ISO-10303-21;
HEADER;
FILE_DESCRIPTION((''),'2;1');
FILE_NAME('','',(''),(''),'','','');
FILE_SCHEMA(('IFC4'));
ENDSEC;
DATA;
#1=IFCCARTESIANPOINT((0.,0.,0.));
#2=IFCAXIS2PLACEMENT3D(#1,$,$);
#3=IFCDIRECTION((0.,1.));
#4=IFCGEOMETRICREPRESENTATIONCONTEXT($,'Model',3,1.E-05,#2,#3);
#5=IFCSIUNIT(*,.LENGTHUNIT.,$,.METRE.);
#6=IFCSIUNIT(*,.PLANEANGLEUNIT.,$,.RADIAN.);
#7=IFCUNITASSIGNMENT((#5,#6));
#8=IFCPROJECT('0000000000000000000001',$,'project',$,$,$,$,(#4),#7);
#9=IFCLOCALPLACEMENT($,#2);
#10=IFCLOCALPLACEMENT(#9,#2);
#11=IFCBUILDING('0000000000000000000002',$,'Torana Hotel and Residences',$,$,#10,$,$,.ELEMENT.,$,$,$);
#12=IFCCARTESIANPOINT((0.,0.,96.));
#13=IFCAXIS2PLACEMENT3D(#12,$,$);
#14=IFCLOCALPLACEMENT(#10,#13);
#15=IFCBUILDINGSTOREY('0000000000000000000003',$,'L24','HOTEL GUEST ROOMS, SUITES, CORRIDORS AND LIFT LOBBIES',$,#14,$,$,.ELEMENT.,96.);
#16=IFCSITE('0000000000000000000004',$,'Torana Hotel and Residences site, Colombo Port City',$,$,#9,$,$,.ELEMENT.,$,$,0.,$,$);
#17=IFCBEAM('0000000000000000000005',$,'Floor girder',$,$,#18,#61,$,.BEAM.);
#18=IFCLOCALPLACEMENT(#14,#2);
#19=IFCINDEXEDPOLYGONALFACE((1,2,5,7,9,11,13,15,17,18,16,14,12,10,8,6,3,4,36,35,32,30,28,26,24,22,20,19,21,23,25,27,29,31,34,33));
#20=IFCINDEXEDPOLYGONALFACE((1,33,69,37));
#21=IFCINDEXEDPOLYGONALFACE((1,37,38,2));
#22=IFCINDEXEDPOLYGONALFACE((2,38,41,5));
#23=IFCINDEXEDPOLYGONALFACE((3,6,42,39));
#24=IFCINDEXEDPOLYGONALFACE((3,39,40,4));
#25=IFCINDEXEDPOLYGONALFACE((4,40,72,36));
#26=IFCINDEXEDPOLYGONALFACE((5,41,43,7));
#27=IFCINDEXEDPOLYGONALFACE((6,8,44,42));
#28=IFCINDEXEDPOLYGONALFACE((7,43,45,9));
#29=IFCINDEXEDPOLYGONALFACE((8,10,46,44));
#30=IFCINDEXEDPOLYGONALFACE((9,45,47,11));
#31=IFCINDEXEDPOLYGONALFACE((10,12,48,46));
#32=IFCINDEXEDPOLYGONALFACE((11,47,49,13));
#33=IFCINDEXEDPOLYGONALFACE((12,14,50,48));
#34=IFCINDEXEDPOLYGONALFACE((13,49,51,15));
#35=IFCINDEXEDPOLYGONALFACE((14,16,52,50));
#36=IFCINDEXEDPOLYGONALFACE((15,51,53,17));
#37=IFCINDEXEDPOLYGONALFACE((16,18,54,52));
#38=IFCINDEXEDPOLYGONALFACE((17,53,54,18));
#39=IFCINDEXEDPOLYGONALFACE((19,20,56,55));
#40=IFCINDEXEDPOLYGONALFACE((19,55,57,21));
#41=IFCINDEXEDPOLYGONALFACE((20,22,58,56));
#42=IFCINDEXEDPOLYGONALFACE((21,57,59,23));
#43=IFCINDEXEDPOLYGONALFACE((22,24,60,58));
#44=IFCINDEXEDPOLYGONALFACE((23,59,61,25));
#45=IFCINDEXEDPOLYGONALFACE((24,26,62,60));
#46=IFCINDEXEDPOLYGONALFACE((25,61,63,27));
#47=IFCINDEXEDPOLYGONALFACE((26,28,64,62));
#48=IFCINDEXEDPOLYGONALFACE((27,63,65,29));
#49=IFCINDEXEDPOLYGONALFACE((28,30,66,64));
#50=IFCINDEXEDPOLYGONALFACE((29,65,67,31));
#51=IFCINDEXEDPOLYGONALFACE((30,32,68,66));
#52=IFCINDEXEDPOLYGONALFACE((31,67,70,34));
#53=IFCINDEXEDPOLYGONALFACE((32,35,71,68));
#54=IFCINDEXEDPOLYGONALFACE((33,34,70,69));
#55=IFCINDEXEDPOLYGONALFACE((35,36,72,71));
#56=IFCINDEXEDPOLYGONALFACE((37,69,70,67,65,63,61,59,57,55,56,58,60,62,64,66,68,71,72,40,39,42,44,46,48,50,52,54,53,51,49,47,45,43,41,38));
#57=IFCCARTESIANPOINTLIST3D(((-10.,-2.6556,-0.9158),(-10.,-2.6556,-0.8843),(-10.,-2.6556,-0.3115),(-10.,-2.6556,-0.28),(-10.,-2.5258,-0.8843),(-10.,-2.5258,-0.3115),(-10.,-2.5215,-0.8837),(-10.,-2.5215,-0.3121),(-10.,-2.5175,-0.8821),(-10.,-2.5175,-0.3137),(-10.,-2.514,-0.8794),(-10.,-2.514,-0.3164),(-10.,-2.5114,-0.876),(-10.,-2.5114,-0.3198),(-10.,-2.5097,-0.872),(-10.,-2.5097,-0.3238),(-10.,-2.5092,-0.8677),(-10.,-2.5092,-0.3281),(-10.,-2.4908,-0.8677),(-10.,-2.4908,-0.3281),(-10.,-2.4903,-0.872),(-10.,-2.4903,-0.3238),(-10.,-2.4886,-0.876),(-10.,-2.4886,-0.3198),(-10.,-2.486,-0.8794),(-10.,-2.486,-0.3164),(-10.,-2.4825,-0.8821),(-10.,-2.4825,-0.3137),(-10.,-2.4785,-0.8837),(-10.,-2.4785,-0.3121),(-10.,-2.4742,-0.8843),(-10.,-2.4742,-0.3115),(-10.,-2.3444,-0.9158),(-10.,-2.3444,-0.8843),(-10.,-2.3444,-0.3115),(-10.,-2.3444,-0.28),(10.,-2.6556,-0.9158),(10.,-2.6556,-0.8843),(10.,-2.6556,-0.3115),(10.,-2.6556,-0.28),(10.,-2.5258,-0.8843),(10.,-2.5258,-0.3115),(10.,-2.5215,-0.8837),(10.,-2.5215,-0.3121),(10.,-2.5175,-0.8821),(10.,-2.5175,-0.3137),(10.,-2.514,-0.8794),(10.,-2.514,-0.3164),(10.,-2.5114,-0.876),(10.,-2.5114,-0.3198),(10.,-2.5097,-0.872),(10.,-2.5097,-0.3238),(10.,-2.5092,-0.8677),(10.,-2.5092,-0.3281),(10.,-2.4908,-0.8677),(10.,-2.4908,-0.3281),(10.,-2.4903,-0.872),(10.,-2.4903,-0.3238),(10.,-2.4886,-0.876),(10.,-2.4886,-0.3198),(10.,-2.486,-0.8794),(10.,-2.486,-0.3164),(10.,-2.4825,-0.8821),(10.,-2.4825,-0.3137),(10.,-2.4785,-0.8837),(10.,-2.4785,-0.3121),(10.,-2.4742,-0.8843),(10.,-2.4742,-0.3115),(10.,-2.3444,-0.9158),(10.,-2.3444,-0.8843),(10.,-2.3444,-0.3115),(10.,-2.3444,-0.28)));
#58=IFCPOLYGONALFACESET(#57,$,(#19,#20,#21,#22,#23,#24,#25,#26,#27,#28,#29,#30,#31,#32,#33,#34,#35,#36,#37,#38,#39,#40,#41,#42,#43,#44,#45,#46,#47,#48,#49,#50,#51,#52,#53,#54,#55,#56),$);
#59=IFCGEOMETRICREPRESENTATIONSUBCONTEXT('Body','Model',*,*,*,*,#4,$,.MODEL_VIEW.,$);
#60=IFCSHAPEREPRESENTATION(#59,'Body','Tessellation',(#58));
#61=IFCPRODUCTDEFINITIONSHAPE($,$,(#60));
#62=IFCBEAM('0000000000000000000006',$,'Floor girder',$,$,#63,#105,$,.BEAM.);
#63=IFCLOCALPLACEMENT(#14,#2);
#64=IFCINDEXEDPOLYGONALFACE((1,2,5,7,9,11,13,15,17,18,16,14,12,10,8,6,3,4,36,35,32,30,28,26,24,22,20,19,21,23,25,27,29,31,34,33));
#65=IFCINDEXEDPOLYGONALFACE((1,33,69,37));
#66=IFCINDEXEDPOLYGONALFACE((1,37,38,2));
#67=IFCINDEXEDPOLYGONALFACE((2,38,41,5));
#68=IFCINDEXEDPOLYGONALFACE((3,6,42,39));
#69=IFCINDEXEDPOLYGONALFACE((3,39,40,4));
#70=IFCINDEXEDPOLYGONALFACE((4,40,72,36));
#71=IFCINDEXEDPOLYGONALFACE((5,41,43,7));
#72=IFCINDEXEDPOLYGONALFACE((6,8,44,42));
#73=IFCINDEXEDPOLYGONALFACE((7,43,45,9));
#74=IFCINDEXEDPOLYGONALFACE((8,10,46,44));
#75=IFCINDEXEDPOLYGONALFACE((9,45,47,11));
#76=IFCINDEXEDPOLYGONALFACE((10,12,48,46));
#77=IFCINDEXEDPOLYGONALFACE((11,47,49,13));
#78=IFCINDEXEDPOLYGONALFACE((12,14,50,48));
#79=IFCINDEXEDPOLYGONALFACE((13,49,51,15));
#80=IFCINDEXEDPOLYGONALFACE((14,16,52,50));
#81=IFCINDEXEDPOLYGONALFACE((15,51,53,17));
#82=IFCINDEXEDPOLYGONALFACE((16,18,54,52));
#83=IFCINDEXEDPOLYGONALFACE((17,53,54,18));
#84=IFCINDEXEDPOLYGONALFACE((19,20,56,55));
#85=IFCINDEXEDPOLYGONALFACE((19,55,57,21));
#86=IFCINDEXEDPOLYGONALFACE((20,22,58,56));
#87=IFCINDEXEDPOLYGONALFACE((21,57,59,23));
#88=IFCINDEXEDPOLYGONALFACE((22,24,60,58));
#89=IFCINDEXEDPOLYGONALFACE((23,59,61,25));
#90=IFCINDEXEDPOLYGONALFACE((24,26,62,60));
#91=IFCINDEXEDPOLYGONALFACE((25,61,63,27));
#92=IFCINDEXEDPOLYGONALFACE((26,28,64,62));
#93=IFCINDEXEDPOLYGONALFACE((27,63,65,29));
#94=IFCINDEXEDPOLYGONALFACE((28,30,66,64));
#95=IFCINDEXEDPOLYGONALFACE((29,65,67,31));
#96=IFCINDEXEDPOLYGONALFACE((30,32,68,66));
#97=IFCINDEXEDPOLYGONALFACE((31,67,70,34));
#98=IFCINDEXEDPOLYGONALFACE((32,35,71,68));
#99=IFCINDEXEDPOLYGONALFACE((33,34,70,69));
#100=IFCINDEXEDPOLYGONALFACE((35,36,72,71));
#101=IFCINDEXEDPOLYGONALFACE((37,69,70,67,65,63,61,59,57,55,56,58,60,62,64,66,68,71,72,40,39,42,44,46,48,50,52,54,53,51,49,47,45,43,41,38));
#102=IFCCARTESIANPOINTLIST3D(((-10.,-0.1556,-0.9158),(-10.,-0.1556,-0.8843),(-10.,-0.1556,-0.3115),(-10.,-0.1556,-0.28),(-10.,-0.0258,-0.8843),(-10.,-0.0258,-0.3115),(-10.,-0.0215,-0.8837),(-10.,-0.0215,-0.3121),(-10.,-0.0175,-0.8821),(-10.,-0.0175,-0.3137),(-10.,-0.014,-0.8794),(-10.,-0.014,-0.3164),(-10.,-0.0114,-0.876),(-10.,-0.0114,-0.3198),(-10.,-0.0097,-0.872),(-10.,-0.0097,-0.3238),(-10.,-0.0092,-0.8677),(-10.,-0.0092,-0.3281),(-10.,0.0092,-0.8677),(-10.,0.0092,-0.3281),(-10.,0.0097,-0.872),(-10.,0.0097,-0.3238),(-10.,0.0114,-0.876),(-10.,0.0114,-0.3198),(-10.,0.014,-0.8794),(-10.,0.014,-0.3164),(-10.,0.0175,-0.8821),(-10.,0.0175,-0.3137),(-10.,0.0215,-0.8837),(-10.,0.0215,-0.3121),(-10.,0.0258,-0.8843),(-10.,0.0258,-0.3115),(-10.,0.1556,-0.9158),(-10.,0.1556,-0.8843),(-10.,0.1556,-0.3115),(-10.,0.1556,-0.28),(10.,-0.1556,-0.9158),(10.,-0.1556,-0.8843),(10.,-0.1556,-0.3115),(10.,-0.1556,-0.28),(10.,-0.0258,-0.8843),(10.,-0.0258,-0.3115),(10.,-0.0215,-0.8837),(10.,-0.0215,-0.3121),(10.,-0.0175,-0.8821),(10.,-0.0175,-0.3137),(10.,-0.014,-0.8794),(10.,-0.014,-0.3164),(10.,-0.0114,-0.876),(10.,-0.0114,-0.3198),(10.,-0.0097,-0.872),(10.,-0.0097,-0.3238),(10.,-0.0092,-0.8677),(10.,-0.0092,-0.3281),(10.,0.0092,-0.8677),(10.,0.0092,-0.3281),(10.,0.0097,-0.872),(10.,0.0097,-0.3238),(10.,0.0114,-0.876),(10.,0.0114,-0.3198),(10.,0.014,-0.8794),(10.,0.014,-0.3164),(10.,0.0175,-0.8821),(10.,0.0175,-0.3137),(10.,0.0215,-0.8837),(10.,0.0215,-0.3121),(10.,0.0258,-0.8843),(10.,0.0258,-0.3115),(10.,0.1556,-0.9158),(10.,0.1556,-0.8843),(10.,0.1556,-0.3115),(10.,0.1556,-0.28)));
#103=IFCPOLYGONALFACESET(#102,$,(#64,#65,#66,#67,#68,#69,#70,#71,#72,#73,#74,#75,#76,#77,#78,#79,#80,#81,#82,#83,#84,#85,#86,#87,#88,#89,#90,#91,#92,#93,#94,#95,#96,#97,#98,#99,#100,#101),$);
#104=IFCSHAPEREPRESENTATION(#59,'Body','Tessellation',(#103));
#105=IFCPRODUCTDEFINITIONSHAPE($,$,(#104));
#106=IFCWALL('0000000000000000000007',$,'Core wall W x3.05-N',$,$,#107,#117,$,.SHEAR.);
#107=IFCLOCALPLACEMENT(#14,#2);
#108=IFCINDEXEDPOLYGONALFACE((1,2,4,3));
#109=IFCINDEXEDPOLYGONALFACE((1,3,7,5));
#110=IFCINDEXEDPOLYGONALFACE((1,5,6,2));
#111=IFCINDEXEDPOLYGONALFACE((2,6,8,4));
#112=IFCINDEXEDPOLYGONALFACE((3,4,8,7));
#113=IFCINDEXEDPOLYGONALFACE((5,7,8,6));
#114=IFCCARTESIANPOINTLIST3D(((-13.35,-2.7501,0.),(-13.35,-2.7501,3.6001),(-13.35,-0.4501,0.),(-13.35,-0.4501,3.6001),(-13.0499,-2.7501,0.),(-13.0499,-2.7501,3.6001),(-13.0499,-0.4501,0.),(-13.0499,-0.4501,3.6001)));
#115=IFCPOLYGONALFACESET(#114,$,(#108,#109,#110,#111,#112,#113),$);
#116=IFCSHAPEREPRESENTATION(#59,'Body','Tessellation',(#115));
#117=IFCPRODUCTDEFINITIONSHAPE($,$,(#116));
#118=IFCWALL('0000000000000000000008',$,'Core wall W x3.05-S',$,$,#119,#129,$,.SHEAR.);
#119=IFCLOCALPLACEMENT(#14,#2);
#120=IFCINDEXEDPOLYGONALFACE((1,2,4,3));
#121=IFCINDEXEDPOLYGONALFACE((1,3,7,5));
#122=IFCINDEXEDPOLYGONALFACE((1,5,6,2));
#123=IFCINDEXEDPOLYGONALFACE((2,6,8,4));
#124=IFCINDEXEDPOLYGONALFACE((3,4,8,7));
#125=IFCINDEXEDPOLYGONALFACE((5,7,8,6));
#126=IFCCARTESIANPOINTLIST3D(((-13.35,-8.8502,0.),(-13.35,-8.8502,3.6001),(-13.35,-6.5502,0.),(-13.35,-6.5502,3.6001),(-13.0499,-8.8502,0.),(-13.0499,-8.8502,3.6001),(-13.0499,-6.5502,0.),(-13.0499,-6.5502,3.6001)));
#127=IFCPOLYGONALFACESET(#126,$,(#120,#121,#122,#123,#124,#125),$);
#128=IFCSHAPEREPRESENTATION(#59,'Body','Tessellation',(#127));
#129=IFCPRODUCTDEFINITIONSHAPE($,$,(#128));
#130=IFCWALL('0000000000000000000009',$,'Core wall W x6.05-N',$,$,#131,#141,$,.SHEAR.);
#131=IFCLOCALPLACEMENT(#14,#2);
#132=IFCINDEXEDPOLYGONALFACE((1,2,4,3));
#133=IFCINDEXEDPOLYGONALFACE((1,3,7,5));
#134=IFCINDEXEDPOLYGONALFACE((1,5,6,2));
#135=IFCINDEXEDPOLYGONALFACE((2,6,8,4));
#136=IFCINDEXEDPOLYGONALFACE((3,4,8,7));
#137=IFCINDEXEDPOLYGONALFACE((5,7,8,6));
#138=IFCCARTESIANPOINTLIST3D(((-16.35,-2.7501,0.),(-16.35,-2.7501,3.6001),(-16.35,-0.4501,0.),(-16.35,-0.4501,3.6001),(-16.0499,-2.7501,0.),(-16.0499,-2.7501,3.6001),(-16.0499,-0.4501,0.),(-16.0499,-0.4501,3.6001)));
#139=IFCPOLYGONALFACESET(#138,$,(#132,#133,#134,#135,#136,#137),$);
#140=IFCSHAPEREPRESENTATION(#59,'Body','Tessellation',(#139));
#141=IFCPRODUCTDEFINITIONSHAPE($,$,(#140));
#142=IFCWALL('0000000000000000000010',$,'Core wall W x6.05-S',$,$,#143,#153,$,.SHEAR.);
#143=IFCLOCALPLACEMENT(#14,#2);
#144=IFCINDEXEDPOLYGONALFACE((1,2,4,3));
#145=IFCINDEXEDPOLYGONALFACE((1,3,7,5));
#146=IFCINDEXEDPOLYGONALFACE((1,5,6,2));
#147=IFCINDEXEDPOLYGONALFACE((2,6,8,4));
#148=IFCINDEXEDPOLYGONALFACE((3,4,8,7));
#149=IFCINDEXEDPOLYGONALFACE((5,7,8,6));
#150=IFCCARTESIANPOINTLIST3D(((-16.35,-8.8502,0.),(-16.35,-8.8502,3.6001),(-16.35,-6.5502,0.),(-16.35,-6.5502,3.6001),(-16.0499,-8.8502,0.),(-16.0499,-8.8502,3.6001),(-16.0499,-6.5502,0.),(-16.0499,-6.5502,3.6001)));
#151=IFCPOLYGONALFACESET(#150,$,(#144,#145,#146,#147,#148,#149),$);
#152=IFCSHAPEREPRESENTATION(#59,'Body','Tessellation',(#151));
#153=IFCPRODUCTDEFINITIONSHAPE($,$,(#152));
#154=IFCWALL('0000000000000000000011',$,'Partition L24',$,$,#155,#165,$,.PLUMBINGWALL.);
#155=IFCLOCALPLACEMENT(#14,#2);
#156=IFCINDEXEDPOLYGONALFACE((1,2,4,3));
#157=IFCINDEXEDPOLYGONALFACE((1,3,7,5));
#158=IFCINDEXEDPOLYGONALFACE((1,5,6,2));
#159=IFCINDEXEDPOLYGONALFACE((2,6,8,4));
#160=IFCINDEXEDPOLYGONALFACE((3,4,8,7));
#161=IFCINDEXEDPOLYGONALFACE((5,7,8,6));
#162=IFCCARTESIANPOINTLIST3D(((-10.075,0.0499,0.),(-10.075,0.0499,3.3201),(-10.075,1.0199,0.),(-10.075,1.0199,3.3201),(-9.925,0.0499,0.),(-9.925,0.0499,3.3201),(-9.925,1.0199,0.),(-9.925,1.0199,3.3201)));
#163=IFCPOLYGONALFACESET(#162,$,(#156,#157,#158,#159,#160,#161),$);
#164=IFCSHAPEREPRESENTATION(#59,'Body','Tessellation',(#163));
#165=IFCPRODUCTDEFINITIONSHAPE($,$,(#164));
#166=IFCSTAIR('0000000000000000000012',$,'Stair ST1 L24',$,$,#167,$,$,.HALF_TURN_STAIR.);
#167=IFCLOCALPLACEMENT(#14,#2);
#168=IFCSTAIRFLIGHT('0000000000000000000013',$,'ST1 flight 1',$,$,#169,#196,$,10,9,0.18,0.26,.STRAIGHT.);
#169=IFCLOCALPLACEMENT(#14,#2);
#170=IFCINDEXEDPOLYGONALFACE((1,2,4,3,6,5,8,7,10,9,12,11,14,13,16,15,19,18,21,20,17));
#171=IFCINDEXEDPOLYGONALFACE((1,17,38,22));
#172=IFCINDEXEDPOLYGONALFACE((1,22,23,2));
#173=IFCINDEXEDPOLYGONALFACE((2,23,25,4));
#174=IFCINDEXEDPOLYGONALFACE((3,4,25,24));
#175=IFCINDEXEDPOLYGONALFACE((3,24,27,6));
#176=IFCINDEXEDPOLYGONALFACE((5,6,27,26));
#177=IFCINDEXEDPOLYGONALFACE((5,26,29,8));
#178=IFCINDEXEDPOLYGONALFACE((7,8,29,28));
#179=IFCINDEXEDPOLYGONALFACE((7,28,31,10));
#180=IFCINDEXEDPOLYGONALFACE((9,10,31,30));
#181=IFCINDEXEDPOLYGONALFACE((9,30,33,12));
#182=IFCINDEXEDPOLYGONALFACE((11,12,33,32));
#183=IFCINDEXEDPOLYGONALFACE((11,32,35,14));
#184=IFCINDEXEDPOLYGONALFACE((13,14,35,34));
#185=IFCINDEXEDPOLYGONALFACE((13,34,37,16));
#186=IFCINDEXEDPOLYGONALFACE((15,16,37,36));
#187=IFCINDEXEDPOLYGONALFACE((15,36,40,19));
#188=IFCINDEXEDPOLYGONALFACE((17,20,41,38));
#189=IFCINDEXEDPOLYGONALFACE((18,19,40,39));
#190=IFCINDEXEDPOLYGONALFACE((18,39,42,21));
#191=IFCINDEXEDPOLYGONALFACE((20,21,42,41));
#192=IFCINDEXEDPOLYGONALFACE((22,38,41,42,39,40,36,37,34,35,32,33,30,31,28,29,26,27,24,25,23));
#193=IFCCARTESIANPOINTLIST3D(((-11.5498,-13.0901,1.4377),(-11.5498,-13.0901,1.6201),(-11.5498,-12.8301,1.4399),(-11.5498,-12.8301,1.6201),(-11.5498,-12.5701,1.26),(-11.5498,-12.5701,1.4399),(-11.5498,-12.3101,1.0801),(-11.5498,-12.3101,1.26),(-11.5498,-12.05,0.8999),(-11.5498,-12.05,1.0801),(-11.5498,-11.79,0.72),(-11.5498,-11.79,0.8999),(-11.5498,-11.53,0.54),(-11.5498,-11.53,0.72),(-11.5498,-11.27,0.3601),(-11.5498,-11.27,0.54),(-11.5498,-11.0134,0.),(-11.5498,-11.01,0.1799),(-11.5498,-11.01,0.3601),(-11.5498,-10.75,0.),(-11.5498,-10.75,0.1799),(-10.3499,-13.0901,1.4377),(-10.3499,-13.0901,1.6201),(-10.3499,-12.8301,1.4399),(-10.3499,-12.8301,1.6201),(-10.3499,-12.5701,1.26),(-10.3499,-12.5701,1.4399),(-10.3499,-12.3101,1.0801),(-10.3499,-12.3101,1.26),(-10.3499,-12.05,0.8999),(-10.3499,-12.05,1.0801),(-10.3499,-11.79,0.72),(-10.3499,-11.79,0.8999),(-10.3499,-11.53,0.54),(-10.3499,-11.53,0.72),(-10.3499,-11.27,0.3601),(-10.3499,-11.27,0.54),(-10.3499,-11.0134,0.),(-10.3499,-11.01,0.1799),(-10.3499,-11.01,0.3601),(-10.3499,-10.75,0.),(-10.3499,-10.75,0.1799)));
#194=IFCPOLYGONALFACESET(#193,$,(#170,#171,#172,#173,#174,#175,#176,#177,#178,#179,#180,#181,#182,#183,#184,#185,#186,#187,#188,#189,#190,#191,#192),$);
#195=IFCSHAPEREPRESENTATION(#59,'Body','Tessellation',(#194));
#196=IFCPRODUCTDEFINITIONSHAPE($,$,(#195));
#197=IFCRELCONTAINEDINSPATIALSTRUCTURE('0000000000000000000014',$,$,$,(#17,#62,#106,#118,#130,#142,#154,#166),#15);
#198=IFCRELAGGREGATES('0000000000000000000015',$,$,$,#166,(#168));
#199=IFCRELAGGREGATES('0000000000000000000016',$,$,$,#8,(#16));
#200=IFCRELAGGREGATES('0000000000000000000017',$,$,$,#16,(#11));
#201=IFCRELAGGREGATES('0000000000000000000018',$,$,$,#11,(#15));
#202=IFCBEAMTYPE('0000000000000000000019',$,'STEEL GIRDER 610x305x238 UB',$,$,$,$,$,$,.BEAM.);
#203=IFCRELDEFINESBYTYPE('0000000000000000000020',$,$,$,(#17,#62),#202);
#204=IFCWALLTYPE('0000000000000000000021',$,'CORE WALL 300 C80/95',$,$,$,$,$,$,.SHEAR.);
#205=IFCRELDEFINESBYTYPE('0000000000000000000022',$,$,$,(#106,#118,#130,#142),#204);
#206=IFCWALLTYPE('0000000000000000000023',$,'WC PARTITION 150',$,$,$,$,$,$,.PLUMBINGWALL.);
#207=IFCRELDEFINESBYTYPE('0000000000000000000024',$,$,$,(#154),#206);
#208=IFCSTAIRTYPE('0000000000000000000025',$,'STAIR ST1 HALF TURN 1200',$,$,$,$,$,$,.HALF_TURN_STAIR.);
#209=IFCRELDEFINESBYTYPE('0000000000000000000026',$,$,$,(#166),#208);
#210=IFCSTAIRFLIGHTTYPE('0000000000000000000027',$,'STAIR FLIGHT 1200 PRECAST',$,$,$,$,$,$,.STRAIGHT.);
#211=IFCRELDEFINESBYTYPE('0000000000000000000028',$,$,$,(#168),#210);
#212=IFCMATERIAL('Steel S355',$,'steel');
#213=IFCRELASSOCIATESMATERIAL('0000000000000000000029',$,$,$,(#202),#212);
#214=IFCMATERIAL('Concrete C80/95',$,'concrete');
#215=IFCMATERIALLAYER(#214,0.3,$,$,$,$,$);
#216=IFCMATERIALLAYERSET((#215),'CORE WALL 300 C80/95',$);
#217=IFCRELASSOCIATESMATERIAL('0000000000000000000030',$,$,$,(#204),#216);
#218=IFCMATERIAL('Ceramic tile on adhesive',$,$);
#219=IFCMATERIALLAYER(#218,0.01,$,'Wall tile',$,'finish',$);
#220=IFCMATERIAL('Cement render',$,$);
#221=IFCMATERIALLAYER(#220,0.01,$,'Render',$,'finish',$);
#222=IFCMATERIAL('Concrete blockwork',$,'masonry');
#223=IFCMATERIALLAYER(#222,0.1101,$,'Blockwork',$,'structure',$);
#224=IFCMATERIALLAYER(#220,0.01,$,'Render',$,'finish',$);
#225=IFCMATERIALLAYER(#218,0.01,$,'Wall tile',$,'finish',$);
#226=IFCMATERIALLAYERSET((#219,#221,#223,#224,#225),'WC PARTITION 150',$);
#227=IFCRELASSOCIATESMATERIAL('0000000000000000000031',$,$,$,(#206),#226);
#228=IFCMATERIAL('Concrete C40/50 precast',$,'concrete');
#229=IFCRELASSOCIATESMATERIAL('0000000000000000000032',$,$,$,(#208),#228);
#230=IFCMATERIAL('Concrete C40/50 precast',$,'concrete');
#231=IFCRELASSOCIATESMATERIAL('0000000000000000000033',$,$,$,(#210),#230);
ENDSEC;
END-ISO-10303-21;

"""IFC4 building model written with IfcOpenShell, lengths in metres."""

from ifc_helpers import new_model, si_unit, direction, frame, frame_2d, origin, origin_2d, place, context, subcontext, project, spatial, polyline, rectangle, i_section, outline, extrude, material, layer, layer_set, material_profile, profile_set, type_object, element, aggregate, save


model = new_model("IFC4")

# Units and contexts
model_context = context("Model", 3, precision=1e-05, world=origin(), true_north=direction((0.0, 1.0)))
body_context = subcontext(model_context, "Body", "Model", "MODEL_VIEW")
ifc_project = project(units=[si_unit("LENGTHUNIT", "METRE"), si_unit("PLANEANGLEUNIT", "RADIAN")], contexts=[model_context])

# Site, building, storey
site_placement = place(None, origin())
site = spatial("IfcSite", under=ifc_project, at=site_placement, Name="Torana Hotel and Residences site, Colombo Port City", CompositionType="ELEMENT", RefElevation=0.0)
building_placement = place(site_placement, origin())
building = spatial("IfcBuilding", under=site, at=building_placement, Name="Torana Hotel and Residences", CompositionType="ELEMENT")
storey_placement = place(building_placement, frame((0.0, 0.0, 96.0)))
storey = spatial("IfcBuildingStorey", under=building, at=storey_placement, Name="L24", Description="HOTEL GUEST ROOMS, SUITES, CORRIDORS AND LIFT LOBBIES", CompositionType="ELEMENT", Elevation=96.0)

# Beams
ifc_material_1 = material(Name="Steel S355", Category="steel")
ifc_material_profile = material_profile(ifc_material_1, i_section(OverallWidth=0.3113, OverallDepth=0.6357, WebThickness=0.0183, FlangeThickness=0.0315, FilletRadius=0.0166, at=origin_2d()), Name="610x305x238 UB")
ifc_profile_set = profile_set([ifc_material_profile], Name="Steel S355")
beam_type = type_object("IfcBeamType", Name="STEEL GIRDER 610x305x238 UB", PredefinedType="BEAM", material=ifc_profile_set)
for number, where, z_axis, x_axis, name in (
    (1, (-10.0, -2.5, -0.5979), (1.0, 0.0, 0.0), (0.0, 1.0, 0.0), "Floor girder"),
    (2, (-10.0, 0.0, -0.5979), (1.0, 0.0, 0.0), (0.0, 1.0, 0.0), "Floor girder"),
):
    element("IfcBeam", number, at=place(storey_placement, frame(where, z_axis=z_axis, x_axis=x_axis)), inside=storey, type_object=beam_type, Name=name, PredefinedType="BEAM", context=body_context, shape_type="SweptSolid", body=[
        extrude(i_section(OverallWidth=0.3113, OverallDepth=0.6357, WebThickness=0.0183, FlangeThickness=0.0315, FilletRadius=0.0166, at=origin_2d()), origin(), (0.0, 0.0, 1.0), 20.0),
    ])

# Walls
ifc_material_2 = material(Name="Concrete C80/95", Category="concrete")
ifc_layer_1 = layer(ifc_material_2, 0.3)
ifc_layer_set_1 = layer_set([ifc_layer_1], Name="CORE WALL 300 C80/95")
wall_type_1 = type_object("IfcWallType", Name="CORE WALL 300 C80/95", PredefinedType="SHEAR", material=ifc_layer_set_1)
for number, where, z_axis, x_axis, name in (
    (3, (-13.2, -2.75, 0.0), (0.0, 0.0, 1.0), (0.0, 1.0, 0.0), "Core wall W x3.05-N"),
    (4, (-13.2, -8.8501, 0.0), (0.0, 0.0, 1.0), (0.0, 1.0, 0.0), "Core wall W x3.05-S"),
    (5, (-16.2, -2.75, 0.0), (0.0, 0.0, 1.0), (0.0, 1.0, 0.0), "Core wall W x6.05-N"),
    (6, (-16.2, -8.8501, 0.0), (0.0, 0.0, 1.0), (0.0, 1.0, 0.0), "Core wall W x6.05-S"),
):
    element("IfcWall", number, at=place(storey_placement, frame(where, z_axis=z_axis, x_axis=x_axis)), inside=storey, type_object=wall_type_1, Name=name, PredefinedType="SHEAR", context=body_context, shape_type="SweptSolid", body=[
        extrude(rectangle(XDim=2.3, YDim=0.3, at=frame_2d((1.1499, 0.0))), origin(), (0.0, 0.0, 1.0), 3.6001),
    ])

# Wall
ifc_material_3 = material(Name="Ceramic tile on adhesive")
ifc_layer_2 = layer(ifc_material_3, 0.01, Name="Wall tile", Category="finish")
ifc_material_4 = material(Name="Cement render")
ifc_layer_3 = layer(ifc_material_4, 0.01, Name="Render", Category="finish")
ifc_material_5 = material(Name="Concrete blockwork", Category="masonry")
ifc_layer_4 = layer(ifc_material_5, 0.1101, Name="Blockwork", Category="structure")
ifc_layer_5 = layer(ifc_material_4, 0.01, Name="Render", Category="finish")
ifc_layer_6 = layer(ifc_material_3, 0.01, Name="Wall tile", Category="finish")
ifc_layer_set_2 = layer_set([ifc_layer_2, ifc_layer_3, ifc_layer_4, ifc_layer_5, ifc_layer_6], Name="WC PARTITION 150")
wall_type_2 = type_object("IfcWallType", Name="WC PARTITION 150", PredefinedType="PLUMBINGWALL", material=ifc_layer_set_2)
wall_1_placement = place(storey_placement, frame((-10.0, 0.05, 0.0), z_axis=(0.0, 0.0, 1.0), x_axis=(0.0, 1.0, 0.0)))
element("IfcWall", 7, at=wall_1_placement, inside=storey, type_object=wall_type_2, Name="Partition L24", PredefinedType="PLUMBINGWALL", context=body_context, shape_type="SweptSolid", body=[
    extrude(rectangle(XDim=0.97, YDim=0.1499, at=frame_2d((0.4849, 0.0))), origin(), (0.0, 0.0, 1.0), 3.3201),
])

# Stair, stair flight
ifc_material_6 = material(Name="Concrete C40/50 precast", Category="concrete")
stair_type_1 = type_object("IfcStairType", Name="STAIR ST1 HALF TURN 1200", PredefinedType="HALF_TURN_STAIR", material=ifc_material_6)
stair_1_placement = place(storey_placement, origin())
stair_1 = element("IfcStair", 8, at=stair_1_placement, inside=storey, type_object=stair_type_1, Name="Stair ST1 L24", PredefinedType="HALF_TURN_STAIR")
ifc_material_7 = material(Name="Concrete C40/50 precast", Category="concrete")
stair_flight_type = type_object("IfcStairFlightType", Name="STAIR FLIGHT 1200 PRECAST", PredefinedType="STRAIGHT", material=ifc_material_7)
stair_flight_1_placement = place(storey_placement, frame((-10.95, -10.75, 0.0), z_axis=(0.0, 0.0, 1.0), x_axis=(0.0, -1.0, 0.0)))
stair_flight_1 = element("IfcStairFlight", 9, at=stair_flight_1_placement, type_object=stair_flight_type, Name="ST1 flight 1", NumberOfRisers=10, NumberOfTreads=9, PredefinedType="STRAIGHT", RiserHeight=0.18, TreadLength=0.26, context=body_context, shape_type="SweptSolid", body=[
    extrude(outline(polyline([(0.0, 0.0), (0.0, 0.1799), (0.26, 0.1799), (0.26, 0.3601), (0.52, 0.3601), (0.52, 0.54), (0.78, 0.54), (0.78, 0.72), (1.04, 0.72), (1.04, 0.8999), (1.3, 0.8999), (1.3, 1.0801), (1.5601, 1.0801), (1.5601, 1.26), (1.8201, 1.26), (1.8201, 1.4399), (2.0801, 1.4399), (2.0801, 1.6201), (2.3401, 1.6201), (2.3401, 1.8), (2.3401, 1.4377), (0.2634, 0.0), (0.0, 0.0)])), frame((0.0, 0.6001, 0.0), z_axis=(0.0, -1.0, 0.0), x_axis=(1.0, 0.0, 0.0)), (0.0, 0.0, 1.0), 1.2),
])
aggregate(stair_1, [stair_flight_1])

save(model, "model.ifc")
